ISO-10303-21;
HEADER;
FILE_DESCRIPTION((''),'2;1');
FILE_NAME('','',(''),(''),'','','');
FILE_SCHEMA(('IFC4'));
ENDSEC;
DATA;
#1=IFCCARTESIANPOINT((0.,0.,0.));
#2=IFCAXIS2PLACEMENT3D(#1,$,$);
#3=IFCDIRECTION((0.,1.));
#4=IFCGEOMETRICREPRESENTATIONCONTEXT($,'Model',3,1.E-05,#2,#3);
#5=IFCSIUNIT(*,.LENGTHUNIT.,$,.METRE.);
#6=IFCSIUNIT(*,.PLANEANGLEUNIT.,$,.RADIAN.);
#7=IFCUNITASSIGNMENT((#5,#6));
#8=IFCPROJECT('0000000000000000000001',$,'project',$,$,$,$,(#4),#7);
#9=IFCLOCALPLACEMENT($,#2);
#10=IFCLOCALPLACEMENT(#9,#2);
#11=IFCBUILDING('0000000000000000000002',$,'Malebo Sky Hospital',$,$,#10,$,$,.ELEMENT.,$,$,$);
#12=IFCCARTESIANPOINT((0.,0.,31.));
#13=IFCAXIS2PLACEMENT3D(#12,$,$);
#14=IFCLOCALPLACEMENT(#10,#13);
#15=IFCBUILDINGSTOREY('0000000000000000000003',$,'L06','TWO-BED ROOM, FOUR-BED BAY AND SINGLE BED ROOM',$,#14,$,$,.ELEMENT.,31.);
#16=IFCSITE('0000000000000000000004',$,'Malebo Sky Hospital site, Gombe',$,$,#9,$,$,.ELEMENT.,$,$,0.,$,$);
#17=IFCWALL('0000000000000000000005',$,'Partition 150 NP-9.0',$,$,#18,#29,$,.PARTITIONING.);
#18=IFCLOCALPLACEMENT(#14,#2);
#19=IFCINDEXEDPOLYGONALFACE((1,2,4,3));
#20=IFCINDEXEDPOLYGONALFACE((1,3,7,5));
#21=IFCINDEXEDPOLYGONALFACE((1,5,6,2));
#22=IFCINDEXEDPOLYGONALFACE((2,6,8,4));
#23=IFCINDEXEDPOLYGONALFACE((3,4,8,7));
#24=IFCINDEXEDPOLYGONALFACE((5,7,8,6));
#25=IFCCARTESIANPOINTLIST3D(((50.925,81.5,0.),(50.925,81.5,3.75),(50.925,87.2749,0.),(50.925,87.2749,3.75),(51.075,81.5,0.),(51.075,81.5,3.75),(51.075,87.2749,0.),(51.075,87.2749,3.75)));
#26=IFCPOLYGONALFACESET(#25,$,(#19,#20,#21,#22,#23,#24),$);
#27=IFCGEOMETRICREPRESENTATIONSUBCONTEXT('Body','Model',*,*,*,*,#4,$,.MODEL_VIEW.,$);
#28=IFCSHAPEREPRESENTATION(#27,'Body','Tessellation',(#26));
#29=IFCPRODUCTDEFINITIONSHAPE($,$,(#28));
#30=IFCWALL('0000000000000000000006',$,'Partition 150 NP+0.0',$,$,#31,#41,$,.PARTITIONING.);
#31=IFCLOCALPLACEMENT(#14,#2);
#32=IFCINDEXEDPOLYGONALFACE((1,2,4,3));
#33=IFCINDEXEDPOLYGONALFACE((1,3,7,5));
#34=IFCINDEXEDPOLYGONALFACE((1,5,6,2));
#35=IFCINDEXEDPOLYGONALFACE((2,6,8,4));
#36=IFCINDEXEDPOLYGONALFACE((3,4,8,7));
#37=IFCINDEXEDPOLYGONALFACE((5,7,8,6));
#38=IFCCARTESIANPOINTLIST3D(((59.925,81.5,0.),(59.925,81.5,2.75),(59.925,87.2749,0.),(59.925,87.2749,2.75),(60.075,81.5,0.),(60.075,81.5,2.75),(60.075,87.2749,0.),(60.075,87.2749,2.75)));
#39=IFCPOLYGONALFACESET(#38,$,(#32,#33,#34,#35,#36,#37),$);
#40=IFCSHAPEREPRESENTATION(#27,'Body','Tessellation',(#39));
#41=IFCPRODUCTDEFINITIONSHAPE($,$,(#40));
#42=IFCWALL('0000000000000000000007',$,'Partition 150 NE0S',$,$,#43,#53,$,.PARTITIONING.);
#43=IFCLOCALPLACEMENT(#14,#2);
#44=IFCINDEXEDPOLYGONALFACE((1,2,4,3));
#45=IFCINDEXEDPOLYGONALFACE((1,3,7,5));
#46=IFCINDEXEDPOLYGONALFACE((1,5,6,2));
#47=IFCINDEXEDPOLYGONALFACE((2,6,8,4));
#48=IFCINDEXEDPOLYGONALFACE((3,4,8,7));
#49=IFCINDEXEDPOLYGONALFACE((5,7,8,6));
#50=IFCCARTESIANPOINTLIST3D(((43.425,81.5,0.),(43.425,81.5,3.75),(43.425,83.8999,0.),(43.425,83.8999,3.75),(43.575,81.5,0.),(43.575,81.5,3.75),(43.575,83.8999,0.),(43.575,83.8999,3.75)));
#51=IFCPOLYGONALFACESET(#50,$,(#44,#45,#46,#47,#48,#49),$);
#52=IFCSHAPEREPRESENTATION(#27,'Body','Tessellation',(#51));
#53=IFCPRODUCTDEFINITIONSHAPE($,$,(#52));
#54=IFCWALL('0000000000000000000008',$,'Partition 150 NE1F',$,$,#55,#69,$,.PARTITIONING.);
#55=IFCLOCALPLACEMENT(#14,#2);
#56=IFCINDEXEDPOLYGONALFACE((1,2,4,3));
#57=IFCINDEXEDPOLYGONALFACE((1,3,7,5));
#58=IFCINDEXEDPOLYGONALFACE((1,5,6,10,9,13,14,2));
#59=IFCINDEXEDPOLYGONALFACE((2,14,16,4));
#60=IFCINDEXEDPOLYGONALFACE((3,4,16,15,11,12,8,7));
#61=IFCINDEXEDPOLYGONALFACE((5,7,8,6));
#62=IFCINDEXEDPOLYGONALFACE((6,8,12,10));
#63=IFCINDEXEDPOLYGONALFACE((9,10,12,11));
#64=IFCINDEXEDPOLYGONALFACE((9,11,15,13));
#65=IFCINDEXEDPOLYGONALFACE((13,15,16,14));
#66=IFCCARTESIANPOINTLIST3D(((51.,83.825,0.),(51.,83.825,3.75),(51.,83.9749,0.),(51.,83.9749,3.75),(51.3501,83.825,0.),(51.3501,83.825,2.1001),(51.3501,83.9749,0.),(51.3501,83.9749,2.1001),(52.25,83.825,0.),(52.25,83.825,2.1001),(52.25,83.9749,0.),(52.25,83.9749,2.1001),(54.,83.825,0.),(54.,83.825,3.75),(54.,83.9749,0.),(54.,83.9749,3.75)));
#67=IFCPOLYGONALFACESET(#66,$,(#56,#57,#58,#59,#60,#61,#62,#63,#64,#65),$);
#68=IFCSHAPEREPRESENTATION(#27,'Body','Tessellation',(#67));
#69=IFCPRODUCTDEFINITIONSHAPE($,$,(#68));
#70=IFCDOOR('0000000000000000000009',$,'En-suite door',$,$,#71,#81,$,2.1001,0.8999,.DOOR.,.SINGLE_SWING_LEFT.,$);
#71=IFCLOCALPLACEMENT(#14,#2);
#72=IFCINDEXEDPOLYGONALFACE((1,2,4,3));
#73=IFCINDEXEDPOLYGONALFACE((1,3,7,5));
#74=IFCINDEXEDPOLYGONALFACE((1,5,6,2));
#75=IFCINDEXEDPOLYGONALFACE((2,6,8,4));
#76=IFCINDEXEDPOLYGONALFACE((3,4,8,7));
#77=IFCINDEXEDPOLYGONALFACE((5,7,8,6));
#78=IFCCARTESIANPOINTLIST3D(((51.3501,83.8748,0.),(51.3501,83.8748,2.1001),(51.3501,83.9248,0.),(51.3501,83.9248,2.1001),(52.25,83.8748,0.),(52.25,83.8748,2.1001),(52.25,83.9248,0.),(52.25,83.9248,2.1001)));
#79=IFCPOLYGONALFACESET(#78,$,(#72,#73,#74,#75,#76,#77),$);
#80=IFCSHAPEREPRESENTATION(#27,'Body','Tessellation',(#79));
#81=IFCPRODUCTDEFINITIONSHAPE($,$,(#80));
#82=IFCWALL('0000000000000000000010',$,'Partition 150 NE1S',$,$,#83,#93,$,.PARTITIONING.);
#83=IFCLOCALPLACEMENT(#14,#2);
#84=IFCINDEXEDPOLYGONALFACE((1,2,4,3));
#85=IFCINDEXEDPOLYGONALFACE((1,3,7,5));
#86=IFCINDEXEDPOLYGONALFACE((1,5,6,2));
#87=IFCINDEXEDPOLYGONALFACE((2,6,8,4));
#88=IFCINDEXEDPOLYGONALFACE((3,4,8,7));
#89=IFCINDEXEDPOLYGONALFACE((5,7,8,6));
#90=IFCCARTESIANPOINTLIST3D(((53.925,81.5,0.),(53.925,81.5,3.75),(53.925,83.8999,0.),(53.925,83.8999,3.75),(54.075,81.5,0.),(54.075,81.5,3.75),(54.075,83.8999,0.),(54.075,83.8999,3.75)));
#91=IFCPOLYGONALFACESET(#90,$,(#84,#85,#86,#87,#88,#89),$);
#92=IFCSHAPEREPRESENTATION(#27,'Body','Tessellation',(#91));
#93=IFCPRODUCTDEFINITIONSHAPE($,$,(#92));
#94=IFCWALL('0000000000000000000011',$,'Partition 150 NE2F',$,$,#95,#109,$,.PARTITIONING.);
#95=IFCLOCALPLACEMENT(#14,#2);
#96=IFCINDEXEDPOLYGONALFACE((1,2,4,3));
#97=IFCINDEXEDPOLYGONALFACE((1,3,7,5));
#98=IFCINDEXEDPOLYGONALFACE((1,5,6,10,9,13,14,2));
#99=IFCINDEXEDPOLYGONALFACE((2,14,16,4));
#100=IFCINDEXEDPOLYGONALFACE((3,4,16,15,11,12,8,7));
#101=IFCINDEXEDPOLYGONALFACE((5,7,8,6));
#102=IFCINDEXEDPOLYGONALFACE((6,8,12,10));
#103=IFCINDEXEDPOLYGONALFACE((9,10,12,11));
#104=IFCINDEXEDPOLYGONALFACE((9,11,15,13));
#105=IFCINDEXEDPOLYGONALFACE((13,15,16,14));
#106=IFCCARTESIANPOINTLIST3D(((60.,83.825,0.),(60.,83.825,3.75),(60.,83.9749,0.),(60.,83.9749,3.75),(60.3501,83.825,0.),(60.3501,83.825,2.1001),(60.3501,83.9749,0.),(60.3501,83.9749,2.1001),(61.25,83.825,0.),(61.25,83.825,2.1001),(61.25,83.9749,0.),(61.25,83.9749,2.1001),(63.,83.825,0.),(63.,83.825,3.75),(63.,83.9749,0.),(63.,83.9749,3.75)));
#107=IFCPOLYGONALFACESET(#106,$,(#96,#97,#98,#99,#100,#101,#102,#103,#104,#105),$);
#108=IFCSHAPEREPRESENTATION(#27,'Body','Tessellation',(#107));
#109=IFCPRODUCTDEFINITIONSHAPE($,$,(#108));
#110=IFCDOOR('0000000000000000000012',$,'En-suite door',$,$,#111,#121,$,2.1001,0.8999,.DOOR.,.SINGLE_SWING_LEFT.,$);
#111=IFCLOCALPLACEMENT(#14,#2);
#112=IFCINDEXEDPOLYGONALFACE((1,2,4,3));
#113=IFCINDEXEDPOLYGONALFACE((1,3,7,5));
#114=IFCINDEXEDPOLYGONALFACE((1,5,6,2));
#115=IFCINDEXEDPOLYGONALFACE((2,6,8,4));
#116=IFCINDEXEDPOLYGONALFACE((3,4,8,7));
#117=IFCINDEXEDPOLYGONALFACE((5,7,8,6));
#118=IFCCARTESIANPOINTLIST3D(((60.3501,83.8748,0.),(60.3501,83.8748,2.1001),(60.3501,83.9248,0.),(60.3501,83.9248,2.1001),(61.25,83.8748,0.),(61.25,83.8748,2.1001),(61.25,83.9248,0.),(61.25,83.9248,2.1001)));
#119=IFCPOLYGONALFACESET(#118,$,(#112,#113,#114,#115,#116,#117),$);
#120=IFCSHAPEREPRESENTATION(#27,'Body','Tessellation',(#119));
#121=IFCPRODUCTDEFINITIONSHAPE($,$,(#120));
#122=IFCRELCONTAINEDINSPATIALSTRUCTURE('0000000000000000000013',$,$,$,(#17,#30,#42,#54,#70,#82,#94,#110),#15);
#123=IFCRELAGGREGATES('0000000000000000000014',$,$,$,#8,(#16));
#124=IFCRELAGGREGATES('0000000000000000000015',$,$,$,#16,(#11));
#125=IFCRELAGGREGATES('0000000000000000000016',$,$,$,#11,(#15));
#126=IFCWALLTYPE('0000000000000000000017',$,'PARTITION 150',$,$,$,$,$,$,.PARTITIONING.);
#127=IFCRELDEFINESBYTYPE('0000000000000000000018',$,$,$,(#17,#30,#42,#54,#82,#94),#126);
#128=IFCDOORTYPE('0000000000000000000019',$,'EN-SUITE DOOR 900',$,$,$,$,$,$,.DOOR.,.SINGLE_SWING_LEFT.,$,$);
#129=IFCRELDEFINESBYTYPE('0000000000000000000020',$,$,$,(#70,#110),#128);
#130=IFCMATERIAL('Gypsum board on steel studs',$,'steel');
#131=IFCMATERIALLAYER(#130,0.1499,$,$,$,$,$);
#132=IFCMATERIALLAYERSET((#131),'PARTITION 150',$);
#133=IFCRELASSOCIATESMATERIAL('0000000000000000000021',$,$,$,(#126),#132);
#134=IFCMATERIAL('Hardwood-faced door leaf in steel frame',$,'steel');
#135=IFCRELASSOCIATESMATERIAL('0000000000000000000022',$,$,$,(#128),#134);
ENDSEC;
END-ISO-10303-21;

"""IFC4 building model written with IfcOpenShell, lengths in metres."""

from ifc_helpers import new_model, si_unit, direction, frame, frame_2d, origin, place, context, subcontext, project, spatial, rectangle, extrude, material, layer, layer_set, type_object, element, fill, save


model = new_model("IFC4")

# Units and contexts
model_context = context("Model", 3, precision=1e-05, world=origin(), true_north=direction((0.0, 1.0)))
body_context = subcontext(model_context, "Body", "Model", "MODEL_VIEW")
ifc_project = project(units=[si_unit("LENGTHUNIT", "METRE"), si_unit("PLANEANGLEUNIT", "RADIAN")], contexts=[model_context])

# Site, building, storey
site_placement = place(None, origin())
site = spatial("IfcSite", under=ifc_project, at=site_placement, Name="Malebo Sky Hospital site, Gombe", CompositionType="ELEMENT", RefElevation=0.0)
building_placement = place(site_placement, origin())
building = spatial("IfcBuilding", under=site, at=building_placement, Name="Malebo Sky Hospital", CompositionType="ELEMENT")
storey_placement = place(building_placement, frame((0.0, 0.0, 31.0)))
storey = spatial("IfcBuildingStorey", under=building, at=storey_placement, Name="L06", Description="TWO-BED ROOM, FOUR-BED BAY AND SINGLE BED ROOM", CompositionType="ELEMENT", Elevation=31.0)

# Shared definitions
ifc_material_1 = material(Name="Gypsum board on steel studs", Category="steel")
ifc_material_2 = material(Name="Hardwood-faced door leaf in steel frame", Category="steel")

# Walls
ifc_layer_1 = layer(ifc_material_1, 0.1499)
ifc_layer_set_1 = layer_set([ifc_layer_1], Name="PARTITION 150")
wall_type_1 = type_object("IfcWallType", Name="PARTITION 150", PredefinedType="PARTITIONING", material=ifc_layer_set_1)
wall_1_placement = place(storey_placement, frame((51.0, 81.5, 0.0), z_axis=(0.0, 0.0, 1.0), x_axis=(0.0, 1.0, 0.0)))
element("IfcWall", 1, at=wall_1_placement, inside=storey, type_object=wall_type_1, Name="Partition 150 NP-9.0", PredefinedType="PARTITIONING", context=body_context, shape_type="SweptSolid", body=[
    extrude(rectangle(XDim=5.7749, YDim=0.1499, at=frame_2d((2.8875, 0.0))), origin(), (0.0, 0.0, 1.0), 3.75),
])
wall_2_placement = place(storey_placement, frame((60.0, 81.5, 0.0), z_axis=(0.0, 0.0, 1.0), x_axis=(0.0, 1.0, 0.0)))
element("IfcWall", 2, at=wall_2_placement, inside=storey, type_object=wall_type_1, Name="Partition 150 NP+0.0", PredefinedType="PARTITIONING", context=body_context, shape_type="SweptSolid", body=[
    extrude(rectangle(XDim=5.7749, YDim=0.1499, at=frame_2d((2.8875, 0.0))), origin(), (0.0, 0.0, 1.0), 2.75),
])
wall_3_placement = place(storey_placement, frame((43.5, 81.5, 0.0), z_axis=(0.0, 0.0, 1.0), x_axis=(0.0, 1.0, 0.0)))
element("IfcWall", 3, at=wall_3_placement, inside=storey, type_object=wall_type_1, Name="Partition 150 NE0S", PredefinedType="PARTITIONING", context=body_context, shape_type="SweptSolid", body=[
    extrude(rectangle(XDim=2.3999, YDim=0.1499, at=frame_2d((1.2, 0.0))), origin(), (0.0, 0.0, 1.0), 3.75),
])

# Wall, opening, door
wall_4_placement = place(storey_placement, frame((51.0, 83.8999, 0.0), z_axis=(0.0, 0.0, 1.0), x_axis=(1.0, 0.0, 0.0)))
wall_4 = element("IfcWall", 4, at=wall_4_placement, inside=storey, type_object=wall_type_1, Name="Partition 150 NE1F", PredefinedType="PARTITIONING", context=body_context, shape_type="SweptSolid", body=[
    extrude(rectangle(XDim=3.0, YDim=0.1499, at=frame_2d((1.5, 0.0))), origin(), (0.0, 0.0, 1.0), 3.75),
])
opening_1_placement = place(wall_4_placement, frame((0.3501, 0.0, 0.0)))
opening_1 = element("IfcOpeningElement", 5, at=opening_1_placement, cuts=wall_4, PredefinedType="OPENING", context=body_context, shape_type="SweptSolid", body=[
    extrude(rectangle(XDim=0.8999, YDim=2.1001, at=frame_2d((0.45, 1.05))), frame((0.0, 0.085, 0.0), z_axis=(0.0, -1.0, 0.0), x_axis=(1.0, 0.0, 0.0)), (0.0, 0.0, 1.0), 0.1699),
])
door_type_1 = type_object("IfcDoorType", Name="EN-SUITE DOOR 900", OperationType="SINGLE_SWING_LEFT", PredefinedType="DOOR", material=ifc_material_2)
door_1_placement = place(opening_1_placement, origin())
door_1 = element("IfcDoor", 6, at=door_1_placement, inside=storey, type_object=door_type_1, Name="En-suite door", OperationType="SINGLE_SWING_LEFT", OverallHeight=2.1001, OverallWidth=0.8999, PredefinedType="DOOR", context=body_context, shape_type="SweptSolid", body=[
    extrude(rectangle(XDim=0.8999, YDim=2.1001, at=frame_2d((0.45, 1.05))), frame((0.0, 0.0249, 0.0), z_axis=(0.0, -1.0, 0.0), x_axis=(1.0, 0.0, 0.0)), (0.0, 0.0, 1.0), 0.05),
])
fill(opening_1, door_1)

# Wall
wall_5_placement = place(storey_placement, frame((54.0, 81.5, 0.0), z_axis=(0.0, 0.0, 1.0), x_axis=(0.0, 1.0, 0.0)))
element("IfcWall", 7, at=wall_5_placement, inside=storey, type_object=wall_type_1, Name="Partition 150 NE1S", PredefinedType="PARTITIONING", context=body_context, shape_type="SweptSolid", body=[
    extrude(rectangle(XDim=2.3999, YDim=0.1499, at=frame_2d((1.2, 0.0))), origin(), (0.0, 0.0, 1.0), 3.75),
])

# Wall, opening, door
wall_6_placement = place(storey_placement, frame((60.0, 83.8999, 0.0), z_axis=(0.0, 0.0, 1.0), x_axis=(1.0, 0.0, 0.0)))
wall_6 = element("IfcWall", 8, at=wall_6_placement, inside=storey, type_object=wall_type_1, Name="Partition 150 NE2F", PredefinedType="PARTITIONING", context=body_context, shape_type="SweptSolid", body=[
    extrude(rectangle(XDim=3.0, YDim=0.1499, at=frame_2d((1.5, 0.0))), origin(), (0.0, 0.0, 1.0), 3.75),
])
opening_2_placement = place(wall_6_placement, frame((0.3501, 0.0, 0.0)))
opening_2 = element("IfcOpeningElement", 9, at=opening_2_placement, cuts=wall_6, PredefinedType="OPENING", context=body_context, shape_type="SweptSolid", body=[
    extrude(rectangle(XDim=0.8999, YDim=2.1001, at=frame_2d((0.45, 1.05))), frame((0.0, 0.085, 0.0), z_axis=(0.0, -1.0, 0.0), x_axis=(1.0, 0.0, 0.0)), (0.0, 0.0, 1.0), 0.1699),
])
door_2_placement = place(opening_2_placement, origin())
door_2 = element("IfcDoor", 10, at=door_2_placement, inside=storey, type_object=door_type_1, Name="En-suite door", OperationType="SINGLE_SWING_LEFT", OverallHeight=2.1001, OverallWidth=0.8999, PredefinedType="DOOR", context=body_context, shape_type="SweptSolid", body=[
    extrude(rectangle(XDim=0.8999, YDim=2.1001, at=frame_2d((0.45, 1.05))), frame((0.0, 0.0249, 0.0), z_axis=(0.0, -1.0, 0.0), x_axis=(1.0, 0.0, 0.0)), (0.0, 0.0, 1.0), 0.05),
])
fill(opening_2, door_2)

save(model, "model.ifc")
